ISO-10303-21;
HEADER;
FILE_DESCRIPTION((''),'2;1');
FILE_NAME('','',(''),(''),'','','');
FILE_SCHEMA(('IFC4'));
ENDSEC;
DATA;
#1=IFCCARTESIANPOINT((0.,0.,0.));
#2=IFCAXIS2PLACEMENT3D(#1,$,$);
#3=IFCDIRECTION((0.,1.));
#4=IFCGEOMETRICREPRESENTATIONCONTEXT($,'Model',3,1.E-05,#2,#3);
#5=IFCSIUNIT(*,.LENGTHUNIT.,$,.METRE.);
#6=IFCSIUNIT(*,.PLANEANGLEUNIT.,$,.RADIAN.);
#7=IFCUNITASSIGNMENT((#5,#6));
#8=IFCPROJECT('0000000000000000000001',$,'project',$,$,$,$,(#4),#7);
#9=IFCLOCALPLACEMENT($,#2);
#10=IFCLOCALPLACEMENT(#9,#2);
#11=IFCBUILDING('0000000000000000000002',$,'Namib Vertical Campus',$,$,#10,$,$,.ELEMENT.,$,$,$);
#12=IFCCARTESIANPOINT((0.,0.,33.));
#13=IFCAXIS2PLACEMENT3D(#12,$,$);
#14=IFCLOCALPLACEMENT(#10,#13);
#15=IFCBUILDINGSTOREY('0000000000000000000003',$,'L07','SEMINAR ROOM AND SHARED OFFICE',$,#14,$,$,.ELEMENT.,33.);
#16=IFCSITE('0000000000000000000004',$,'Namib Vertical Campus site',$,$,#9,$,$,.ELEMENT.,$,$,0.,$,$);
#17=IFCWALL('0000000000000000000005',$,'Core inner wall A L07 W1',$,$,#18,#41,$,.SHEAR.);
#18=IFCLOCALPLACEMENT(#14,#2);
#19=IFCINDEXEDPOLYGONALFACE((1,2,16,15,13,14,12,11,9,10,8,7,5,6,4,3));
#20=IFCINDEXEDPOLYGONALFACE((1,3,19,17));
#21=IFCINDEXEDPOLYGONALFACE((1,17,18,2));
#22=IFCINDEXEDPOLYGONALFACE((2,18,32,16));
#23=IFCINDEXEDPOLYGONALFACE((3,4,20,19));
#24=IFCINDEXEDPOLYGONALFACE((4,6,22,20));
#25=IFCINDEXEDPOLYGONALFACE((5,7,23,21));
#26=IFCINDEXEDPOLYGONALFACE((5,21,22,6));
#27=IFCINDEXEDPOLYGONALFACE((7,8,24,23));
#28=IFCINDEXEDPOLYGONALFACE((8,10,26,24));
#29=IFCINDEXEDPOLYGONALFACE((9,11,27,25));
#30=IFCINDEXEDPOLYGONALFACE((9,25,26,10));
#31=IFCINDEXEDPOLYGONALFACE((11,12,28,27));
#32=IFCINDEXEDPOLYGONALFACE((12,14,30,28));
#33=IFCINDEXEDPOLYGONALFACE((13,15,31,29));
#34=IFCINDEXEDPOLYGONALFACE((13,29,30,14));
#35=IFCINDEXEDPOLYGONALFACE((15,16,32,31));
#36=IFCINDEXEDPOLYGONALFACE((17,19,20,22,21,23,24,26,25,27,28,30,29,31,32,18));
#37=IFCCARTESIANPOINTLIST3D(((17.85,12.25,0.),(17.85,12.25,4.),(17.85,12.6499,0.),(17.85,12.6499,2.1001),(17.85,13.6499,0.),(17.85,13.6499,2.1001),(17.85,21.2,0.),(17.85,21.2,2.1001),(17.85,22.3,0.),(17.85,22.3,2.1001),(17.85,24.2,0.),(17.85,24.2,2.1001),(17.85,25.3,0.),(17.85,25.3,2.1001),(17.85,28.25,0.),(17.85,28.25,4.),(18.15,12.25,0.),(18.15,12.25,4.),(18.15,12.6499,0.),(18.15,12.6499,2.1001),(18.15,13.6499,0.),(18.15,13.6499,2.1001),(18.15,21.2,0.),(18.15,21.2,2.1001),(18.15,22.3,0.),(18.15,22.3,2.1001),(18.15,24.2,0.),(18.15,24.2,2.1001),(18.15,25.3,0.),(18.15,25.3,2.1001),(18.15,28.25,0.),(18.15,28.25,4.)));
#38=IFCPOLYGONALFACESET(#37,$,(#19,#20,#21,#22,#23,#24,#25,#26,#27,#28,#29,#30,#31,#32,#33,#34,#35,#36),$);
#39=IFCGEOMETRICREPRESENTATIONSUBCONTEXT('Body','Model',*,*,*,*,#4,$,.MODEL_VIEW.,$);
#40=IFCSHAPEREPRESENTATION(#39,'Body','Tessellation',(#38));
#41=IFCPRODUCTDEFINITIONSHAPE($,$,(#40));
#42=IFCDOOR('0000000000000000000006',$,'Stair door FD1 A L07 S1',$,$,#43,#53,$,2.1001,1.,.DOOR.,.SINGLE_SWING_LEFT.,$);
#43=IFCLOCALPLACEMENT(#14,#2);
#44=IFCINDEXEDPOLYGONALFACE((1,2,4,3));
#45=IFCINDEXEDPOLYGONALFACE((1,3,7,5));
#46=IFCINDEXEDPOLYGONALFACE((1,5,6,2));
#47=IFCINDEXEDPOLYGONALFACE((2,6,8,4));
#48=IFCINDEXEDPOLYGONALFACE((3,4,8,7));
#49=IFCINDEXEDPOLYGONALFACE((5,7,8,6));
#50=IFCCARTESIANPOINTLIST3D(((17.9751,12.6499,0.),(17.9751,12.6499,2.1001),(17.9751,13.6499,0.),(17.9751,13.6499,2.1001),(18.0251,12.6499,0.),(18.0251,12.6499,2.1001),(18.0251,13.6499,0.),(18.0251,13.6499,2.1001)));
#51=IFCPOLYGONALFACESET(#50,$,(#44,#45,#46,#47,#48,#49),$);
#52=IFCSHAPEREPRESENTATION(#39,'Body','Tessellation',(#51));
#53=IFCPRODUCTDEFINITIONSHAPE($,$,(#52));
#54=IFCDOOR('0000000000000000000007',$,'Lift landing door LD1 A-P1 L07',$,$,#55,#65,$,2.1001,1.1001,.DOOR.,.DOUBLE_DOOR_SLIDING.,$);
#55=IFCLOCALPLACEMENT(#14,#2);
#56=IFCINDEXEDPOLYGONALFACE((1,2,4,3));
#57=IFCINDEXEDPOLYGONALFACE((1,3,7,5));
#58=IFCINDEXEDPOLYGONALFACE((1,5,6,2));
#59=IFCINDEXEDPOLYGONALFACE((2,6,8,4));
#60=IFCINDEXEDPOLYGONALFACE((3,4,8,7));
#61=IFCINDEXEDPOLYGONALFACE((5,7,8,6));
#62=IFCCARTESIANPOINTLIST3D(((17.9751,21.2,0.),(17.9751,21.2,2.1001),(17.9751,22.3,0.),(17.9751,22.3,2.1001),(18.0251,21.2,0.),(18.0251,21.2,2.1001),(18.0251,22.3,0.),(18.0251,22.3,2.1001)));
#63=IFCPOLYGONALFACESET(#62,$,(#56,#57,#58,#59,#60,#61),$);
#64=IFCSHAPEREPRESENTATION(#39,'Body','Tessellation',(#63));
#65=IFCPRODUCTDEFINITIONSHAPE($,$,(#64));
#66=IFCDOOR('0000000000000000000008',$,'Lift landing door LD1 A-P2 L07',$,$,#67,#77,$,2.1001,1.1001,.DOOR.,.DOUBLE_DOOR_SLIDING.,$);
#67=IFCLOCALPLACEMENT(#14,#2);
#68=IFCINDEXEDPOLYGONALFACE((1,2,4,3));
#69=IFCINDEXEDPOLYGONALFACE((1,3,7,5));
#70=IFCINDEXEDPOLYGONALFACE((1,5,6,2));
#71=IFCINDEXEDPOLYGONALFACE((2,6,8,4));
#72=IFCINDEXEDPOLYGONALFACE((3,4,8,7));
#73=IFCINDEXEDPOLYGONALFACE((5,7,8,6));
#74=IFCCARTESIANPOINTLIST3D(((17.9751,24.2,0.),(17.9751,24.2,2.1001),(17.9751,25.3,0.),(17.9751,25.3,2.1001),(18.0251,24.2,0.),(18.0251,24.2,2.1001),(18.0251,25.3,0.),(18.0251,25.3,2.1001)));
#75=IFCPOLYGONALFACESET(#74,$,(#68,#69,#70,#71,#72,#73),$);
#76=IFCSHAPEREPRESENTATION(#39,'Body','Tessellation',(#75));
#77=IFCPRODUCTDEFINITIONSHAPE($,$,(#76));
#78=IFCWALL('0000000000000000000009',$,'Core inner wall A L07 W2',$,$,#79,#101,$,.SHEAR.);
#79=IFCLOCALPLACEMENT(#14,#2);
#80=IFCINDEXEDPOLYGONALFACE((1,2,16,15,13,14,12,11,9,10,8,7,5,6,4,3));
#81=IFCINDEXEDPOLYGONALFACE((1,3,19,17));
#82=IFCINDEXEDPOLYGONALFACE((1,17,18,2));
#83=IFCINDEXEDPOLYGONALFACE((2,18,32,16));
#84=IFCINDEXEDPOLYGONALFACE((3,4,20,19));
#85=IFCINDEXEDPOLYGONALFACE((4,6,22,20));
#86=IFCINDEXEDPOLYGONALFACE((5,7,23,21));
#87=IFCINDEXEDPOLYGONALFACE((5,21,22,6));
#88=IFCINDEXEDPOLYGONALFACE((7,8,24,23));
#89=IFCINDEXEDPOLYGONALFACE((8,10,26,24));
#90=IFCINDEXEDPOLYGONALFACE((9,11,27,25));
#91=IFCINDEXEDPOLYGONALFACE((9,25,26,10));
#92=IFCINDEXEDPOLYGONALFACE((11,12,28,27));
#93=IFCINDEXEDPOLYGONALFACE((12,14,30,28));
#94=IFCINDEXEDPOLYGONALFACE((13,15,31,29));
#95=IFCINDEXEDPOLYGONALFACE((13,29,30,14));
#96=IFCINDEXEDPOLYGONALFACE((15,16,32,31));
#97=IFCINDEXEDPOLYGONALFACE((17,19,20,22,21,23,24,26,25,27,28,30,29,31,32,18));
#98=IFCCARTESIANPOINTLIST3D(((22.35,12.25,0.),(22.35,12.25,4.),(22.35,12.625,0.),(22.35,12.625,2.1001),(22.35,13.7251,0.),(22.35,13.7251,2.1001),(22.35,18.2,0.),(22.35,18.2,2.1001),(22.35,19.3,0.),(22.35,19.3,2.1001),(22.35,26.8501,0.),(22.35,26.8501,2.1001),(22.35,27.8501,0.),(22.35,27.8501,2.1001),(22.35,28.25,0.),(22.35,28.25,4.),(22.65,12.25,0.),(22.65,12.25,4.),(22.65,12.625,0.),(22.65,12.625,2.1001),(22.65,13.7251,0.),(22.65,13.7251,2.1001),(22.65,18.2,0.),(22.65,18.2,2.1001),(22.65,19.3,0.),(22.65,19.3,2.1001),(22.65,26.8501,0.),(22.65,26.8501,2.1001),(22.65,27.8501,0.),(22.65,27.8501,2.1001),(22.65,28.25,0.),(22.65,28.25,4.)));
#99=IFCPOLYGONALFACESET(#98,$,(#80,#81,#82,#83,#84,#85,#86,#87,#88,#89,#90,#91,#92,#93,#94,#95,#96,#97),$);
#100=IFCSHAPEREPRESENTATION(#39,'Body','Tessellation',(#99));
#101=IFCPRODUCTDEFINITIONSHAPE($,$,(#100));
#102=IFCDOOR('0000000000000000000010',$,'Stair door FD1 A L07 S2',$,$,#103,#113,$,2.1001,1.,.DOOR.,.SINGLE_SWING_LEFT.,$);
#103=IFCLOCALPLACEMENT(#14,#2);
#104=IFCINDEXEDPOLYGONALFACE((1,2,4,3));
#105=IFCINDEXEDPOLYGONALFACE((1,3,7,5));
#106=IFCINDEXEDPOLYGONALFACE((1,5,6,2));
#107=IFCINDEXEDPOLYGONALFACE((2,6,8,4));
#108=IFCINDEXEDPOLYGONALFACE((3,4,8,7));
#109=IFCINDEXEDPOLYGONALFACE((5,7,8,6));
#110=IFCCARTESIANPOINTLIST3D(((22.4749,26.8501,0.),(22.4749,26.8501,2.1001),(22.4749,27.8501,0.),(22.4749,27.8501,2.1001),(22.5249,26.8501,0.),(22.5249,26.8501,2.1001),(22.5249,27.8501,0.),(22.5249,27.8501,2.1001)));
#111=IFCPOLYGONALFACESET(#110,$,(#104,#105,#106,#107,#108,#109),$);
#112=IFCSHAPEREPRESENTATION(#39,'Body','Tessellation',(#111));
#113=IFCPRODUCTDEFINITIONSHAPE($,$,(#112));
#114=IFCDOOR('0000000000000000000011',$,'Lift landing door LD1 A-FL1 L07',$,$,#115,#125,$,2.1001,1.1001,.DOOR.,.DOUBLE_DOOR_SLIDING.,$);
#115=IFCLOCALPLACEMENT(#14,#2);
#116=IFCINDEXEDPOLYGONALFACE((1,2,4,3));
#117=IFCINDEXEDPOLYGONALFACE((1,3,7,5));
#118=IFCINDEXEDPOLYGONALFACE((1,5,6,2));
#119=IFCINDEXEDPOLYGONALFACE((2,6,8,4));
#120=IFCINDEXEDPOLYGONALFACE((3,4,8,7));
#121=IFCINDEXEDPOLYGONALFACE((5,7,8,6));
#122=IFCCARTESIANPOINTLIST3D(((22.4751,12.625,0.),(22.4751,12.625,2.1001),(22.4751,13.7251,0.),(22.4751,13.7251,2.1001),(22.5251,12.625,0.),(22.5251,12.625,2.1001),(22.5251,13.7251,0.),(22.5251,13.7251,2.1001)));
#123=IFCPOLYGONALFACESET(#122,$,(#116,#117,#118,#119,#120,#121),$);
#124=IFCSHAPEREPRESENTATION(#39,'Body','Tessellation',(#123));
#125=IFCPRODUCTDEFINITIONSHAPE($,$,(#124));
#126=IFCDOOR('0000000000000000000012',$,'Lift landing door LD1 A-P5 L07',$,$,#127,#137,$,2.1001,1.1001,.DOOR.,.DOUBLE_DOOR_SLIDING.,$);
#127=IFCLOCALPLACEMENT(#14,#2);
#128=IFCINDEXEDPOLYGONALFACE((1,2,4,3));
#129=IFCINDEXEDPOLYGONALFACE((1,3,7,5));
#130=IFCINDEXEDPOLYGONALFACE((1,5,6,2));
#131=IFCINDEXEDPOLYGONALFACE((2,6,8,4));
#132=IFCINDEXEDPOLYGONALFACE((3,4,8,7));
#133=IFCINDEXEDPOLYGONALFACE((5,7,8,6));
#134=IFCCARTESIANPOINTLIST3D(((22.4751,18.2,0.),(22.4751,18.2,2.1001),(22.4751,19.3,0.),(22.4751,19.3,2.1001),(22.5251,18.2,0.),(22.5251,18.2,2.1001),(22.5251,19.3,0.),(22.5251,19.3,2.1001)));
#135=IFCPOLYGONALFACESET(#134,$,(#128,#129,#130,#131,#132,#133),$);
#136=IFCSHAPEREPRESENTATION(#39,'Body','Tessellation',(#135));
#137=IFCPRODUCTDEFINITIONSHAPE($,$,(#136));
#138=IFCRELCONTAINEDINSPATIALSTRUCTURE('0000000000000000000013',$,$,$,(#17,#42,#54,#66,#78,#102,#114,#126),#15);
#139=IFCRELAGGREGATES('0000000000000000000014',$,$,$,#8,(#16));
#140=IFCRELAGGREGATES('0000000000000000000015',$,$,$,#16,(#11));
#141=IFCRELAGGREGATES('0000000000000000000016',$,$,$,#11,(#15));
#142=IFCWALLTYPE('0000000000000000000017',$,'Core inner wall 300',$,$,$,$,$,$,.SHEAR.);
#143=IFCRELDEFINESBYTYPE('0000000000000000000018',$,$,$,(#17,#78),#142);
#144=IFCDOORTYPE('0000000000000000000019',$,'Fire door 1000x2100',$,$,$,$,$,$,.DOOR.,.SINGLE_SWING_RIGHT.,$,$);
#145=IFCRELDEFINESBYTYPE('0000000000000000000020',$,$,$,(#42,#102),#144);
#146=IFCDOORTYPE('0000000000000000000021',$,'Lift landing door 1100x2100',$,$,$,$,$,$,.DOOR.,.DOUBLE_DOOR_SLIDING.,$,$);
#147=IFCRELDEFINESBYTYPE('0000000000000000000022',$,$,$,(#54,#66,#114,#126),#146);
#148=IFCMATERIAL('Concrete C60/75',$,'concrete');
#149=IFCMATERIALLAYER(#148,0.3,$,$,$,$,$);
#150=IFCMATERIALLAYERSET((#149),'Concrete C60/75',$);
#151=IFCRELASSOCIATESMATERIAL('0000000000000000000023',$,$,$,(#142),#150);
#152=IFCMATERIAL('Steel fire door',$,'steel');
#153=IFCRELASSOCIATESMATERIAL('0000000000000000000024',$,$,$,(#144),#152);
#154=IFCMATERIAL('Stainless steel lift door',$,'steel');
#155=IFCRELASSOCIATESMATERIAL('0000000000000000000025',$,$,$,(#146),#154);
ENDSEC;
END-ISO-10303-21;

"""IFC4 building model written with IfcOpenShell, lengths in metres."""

from ifc_helpers import new_model, si_unit, direction, frame, frame_2d, origin, place, context, subcontext, project, spatial, rectangle, extrude, material, layer, layer_set, type_object, element, fill, save


model = new_model("IFC4")

# Units and contexts
model_context = context("Model", 3, precision=1e-05, world=origin(), true_north=direction((0.0, 1.0)))
body_context = subcontext(model_context, "Body", "Model", "MODEL_VIEW")
ifc_project = project(units=[si_unit("LENGTHUNIT", "METRE"), si_unit("PLANEANGLEUNIT", "RADIAN")], contexts=[model_context])

# Site, building, storey
site_placement = place(None, origin())
site = spatial("IfcSite", under=ifc_project, at=site_placement, Name="Namib Vertical Campus site", CompositionType="ELEMENT", RefElevation=0.0)
building_placement = place(site_placement, origin())
building = spatial("IfcBuilding", under=site, at=building_placement, Name="Namib Vertical Campus", CompositionType="ELEMENT")
storey_placement = place(building_placement, frame((0.0, 0.0, 33.0)))
storey = spatial("IfcBuildingStorey", under=building, at=storey_placement, Name="L07", Description="SEMINAR ROOM AND SHARED OFFICE", CompositionType="ELEMENT", Elevation=33.0)

# Walls, openings, doors
ifc_material_1 = material(Name="Concrete C60/75", Category="concrete")
ifc_layer_1 = layer(ifc_material_1, 0.3)
ifc_layer_set_1 = layer_set([ifc_layer_1], Name="Concrete C60/75")
wall_type_1 = type_object("IfcWallType", Name="Core inner wall 300", PredefinedType="SHEAR", material=ifc_layer_set_1)
wall_1_placement = place(storey_placement, frame((18.0, 12.25, 0.0), z_axis=(0.0, 0.0, 1.0), x_axis=(0.0, 1.0, 0.0)))
wall_1 = element("IfcWall", 1, at=wall_1_placement, inside=storey, type_object=wall_type_1, Name="Core inner wall A L07 W1", PredefinedType="SHEAR", context=body_context, shape_type="SweptSolid", body=[
    extrude(rectangle(XDim=16.0, YDim=0.3, at=frame_2d((8.0, 0.0))), origin(), (0.0, 0.0, 1.0), 4.0),
])
opening_1_placement = place(wall_1_placement, frame((0.3999, 0.0, 0.0)))
opening_1 = element("IfcOpeningElement", 2, at=opening_1_placement, cuts=wall_1, PredefinedType="OPENING", context=body_context, shape_type="SweptSolid", body=[
    extrude(rectangle(XDim=1.0, YDim=2.1001, at=frame_2d((0.5, 1.05))), frame((0.0, 0.1599, 0.0), z_axis=(0.0, -1.0, 0.0), x_axis=(1.0, 0.0, 0.0)), (0.0, 0.0, 1.0), 0.3201),
])
opening_2_placement = place(wall_1_placement, frame((8.95, 0.0, 0.0)))
opening_2 = element("IfcOpeningElement", 3, at=opening_2_placement, cuts=wall_1, PredefinedType="OPENING", context=body_context, shape_type="SweptSolid", body=[
    extrude(rectangle(XDim=1.1001, YDim=2.1001, at=frame_2d((0.55, 1.05))), frame((0.0, 0.1599, 0.0), z_axis=(0.0, -1.0, 0.0), x_axis=(1.0, 0.0, 0.0)), (0.0, 0.0, 1.0), 0.3201),
])
opening_3_placement = place(wall_1_placement, frame((11.95, 0.0, 0.0)))
opening_3 = element("IfcOpeningElement", 4, at=opening_3_placement, cuts=wall_1, PredefinedType="OPENING", context=body_context, shape_type="SweptSolid", body=[
    extrude(rectangle(XDim=1.1001, YDim=2.1001, at=frame_2d((0.55, 1.05))), frame((0.0, 0.1599, 0.0), z_axis=(0.0, -1.0, 0.0), x_axis=(1.0, 0.0, 0.0)), (0.0, 0.0, 1.0), 0.3201),
])
ifc_material_2 = material(Name="Steel fire door", Category="steel")
door_type_1 = type_object("IfcDoorType", Name="Fire door 1000x2100", OperationType="SINGLE_SWING_RIGHT", PredefinedType="DOOR", material=ifc_material_2)
door_1_placement = place(opening_1_placement, origin())
door_1 = element("IfcDoor", 5, at=door_1_placement, inside=storey, type_object=door_type_1, Name="Stair door FD1 A L07 S1", OperationType="SINGLE_SWING_LEFT", OverallHeight=2.1001, OverallWidth=1.0, PredefinedType="DOOR", context=body_context, shape_type="SweptSolid", body=[
    extrude(rectangle(XDim=1.0, YDim=2.1001, at=frame_2d((0.5, 1.05))), frame((0.0, 0.0249, 0.0), z_axis=(0.0, -1.0, 0.0), x_axis=(1.0, 0.0, 0.0)), (0.0, 0.0, 1.0), 0.05),
])
fill(opening_1, door_1)
ifc_material_3 = material(Name="Stainless steel lift door", Category="steel")
door_type_2 = type_object("IfcDoorType", Name="Lift landing door 1100x2100", OperationType="DOUBLE_DOOR_SLIDING", PredefinedType="DOOR", material=ifc_material_3)
door_2_placement = place(opening_2_placement, origin())
door_2 = element("IfcDoor", 6, at=door_2_placement, inside=storey, type_object=door_type_2, Name="Lift landing door LD1 A-P1 L07", OperationType="DOUBLE_DOOR_SLIDING", OverallHeight=2.1001, OverallWidth=1.1001, PredefinedType="DOOR", context=body_context, shape_type="SweptSolid", body=[
    extrude(rectangle(XDim=1.1001, YDim=2.1001, at=frame_2d((0.55, 1.05))), frame((0.0, 0.0249, 0.0), z_axis=(0.0, -1.0, 0.0), x_axis=(1.0, 0.0, 0.0)), (0.0, 0.0, 1.0), 0.05),
])
fill(opening_2, door_2)
door_3_placement = place(opening_3_placement, origin())
door_3 = element("IfcDoor", 7, at=door_3_placement, inside=storey, type_object=door_type_2, Name="Lift landing door LD1 A-P2 L07", OperationType="DOUBLE_DOOR_SLIDING", OverallHeight=2.1001, OverallWidth=1.1001, PredefinedType="DOOR", context=body_context, shape_type="SweptSolid", body=[
    extrude(rectangle(XDim=1.1001, YDim=2.1001, at=frame_2d((0.55, 1.05))), frame((0.0, 0.0249, 0.0), z_axis=(0.0, -1.0, 0.0), x_axis=(1.0, 0.0, 0.0)), (0.0, 0.0, 1.0), 0.05),
])
fill(opening_3, door_3)
wall_2_placement = place(storey_placement, frame((22.5, 12.25, 0.0), z_axis=(0.0, 0.0, 1.0), x_axis=(0.0, 1.0, 0.0)))
wall_2 = element("IfcWall", 8, at=wall_2_placement, inside=storey, type_object=wall_type_1, Name="Core inner wall A L07 W2", PredefinedType="SHEAR", context=body_context, shape_type="SweptSolid", body=[
    extrude(rectangle(XDim=16.0, YDim=0.3, at=frame_2d((8.0, 0.0))), origin(), (0.0, 0.0, 1.0), 4.0),
])
opening_4_placement = place(wall_2_placement, frame((14.6001, 0.0, 0.0)))
opening_4 = element("IfcOpeningElement", 9, at=opening_4_placement, cuts=wall_2, PredefinedType="OPENING", context=body_context, shape_type="SweptSolid", body=[
    extrude(rectangle(XDim=1.0, YDim=2.1001, at=frame_2d((0.5, 1.05))), frame((0.0, 0.1599, 0.0), z_axis=(0.0, -1.0, 0.0), x_axis=(1.0, 0.0, 0.0)), (0.0, 0.0, 1.0), 0.3201),
])
opening_5_placement = place(wall_2_placement, frame((0.375, 0.0, 0.0)))
opening_5 = element("IfcOpeningElement", 10, at=opening_5_placement, cuts=wall_2, PredefinedType="OPENING", context=body_context, shape_type="SweptSolid", body=[
    extrude(rectangle(XDim=1.1001, YDim=2.1001, at=frame_2d((0.55, 1.05))), frame((0.0, 0.1599, 0.0), z_axis=(0.0, -1.0, 0.0), x_axis=(1.0, 0.0, 0.0)), (0.0, 0.0, 1.0), 0.3201),
])
opening_6_placement = place(wall_2_placement, frame((5.95, 0.0, 0.0)))
opening_6 = element("IfcOpeningElement", 11, at=opening_6_placement, cuts=wall_2, PredefinedType="OPENING", context=body_context, shape_type="SweptSolid", body=[
    extrude(rectangle(XDim=1.1001, YDim=2.1001, at=frame_2d((0.55, 1.05))), frame((0.0, 0.1599, 0.0), z_axis=(0.0, -1.0, 0.0), x_axis=(1.0, 0.0, 0.0)), (0.0, 0.0, 1.0), 0.3201),
])
door_4_placement = place(opening_4_placement, frame((1.0, 0.0, 0.0), z_axis=(0.0, 0.0, 1.0), x_axis=(-1.0, 0.0, 0.0)))
door_4 = element("IfcDoor", 12, at=door_4_placement, inside=storey, type_object=door_type_1, Name="Stair door FD1 A L07 S2", OperationType="SINGLE_SWING_LEFT", OverallHeight=2.1001, OverallWidth=1.0, PredefinedType="DOOR", context=body_context, shape_type="SweptSolid", body=[
    extrude(rectangle(XDim=1.0, YDim=2.1001, at=frame_2d((0.5, 1.05))), frame((0.0, 0.0249, 0.0), z_axis=(0.0, -1.0, 0.0), x_axis=(1.0, 0.0, 0.0)), (0.0, 0.0, 1.0), 0.05),
])
fill(opening_4, door_4)
door_5_placement = place(opening_5_placement, origin())
door_5 = element("IfcDoor", 13, at=door_5_placement, inside=storey, type_object=door_type_2, Name="Lift landing door LD1 A-FL1 L07", OperationType="DOUBLE_DOOR_SLIDING", OverallHeight=2.1001, OverallWidth=1.1001, PredefinedType="DOOR", context=body_context, shape_type="SweptSolid", body=[
    extrude(rectangle(XDim=1.1001, YDim=2.1001, at=frame_2d((0.55, 1.05))), frame((0.0, 0.0249, 0.0), z_axis=(0.0, -1.0, 0.0), x_axis=(1.0, 0.0, 0.0)), (0.0, 0.0, 1.0), 0.05),
])
fill(opening_5, door_5)
door_6_placement = place(opening_6_placement, origin())
door_6 = element("IfcDoor", 14, at=door_6_placement, inside=storey, type_object=door_type_2, Name="Lift landing door LD1 A-P5 L07", OperationType="DOUBLE_DOOR_SLIDING", OverallHeight=2.1001, OverallWidth=1.1001, PredefinedType="DOOR", context=body_context, shape_type="SweptSolid", body=[
    extrude(rectangle(XDim=1.1001, YDim=2.1001, at=frame_2d((0.55, 1.05))), frame((0.0, 0.0249, 0.0), z_axis=(0.0, -1.0, 0.0), x_axis=(1.0, 0.0, 0.0)), (0.0, 0.0, 1.0), 0.05),
])
fill(opening_6, door_6)

save(model, "model.ifc")
